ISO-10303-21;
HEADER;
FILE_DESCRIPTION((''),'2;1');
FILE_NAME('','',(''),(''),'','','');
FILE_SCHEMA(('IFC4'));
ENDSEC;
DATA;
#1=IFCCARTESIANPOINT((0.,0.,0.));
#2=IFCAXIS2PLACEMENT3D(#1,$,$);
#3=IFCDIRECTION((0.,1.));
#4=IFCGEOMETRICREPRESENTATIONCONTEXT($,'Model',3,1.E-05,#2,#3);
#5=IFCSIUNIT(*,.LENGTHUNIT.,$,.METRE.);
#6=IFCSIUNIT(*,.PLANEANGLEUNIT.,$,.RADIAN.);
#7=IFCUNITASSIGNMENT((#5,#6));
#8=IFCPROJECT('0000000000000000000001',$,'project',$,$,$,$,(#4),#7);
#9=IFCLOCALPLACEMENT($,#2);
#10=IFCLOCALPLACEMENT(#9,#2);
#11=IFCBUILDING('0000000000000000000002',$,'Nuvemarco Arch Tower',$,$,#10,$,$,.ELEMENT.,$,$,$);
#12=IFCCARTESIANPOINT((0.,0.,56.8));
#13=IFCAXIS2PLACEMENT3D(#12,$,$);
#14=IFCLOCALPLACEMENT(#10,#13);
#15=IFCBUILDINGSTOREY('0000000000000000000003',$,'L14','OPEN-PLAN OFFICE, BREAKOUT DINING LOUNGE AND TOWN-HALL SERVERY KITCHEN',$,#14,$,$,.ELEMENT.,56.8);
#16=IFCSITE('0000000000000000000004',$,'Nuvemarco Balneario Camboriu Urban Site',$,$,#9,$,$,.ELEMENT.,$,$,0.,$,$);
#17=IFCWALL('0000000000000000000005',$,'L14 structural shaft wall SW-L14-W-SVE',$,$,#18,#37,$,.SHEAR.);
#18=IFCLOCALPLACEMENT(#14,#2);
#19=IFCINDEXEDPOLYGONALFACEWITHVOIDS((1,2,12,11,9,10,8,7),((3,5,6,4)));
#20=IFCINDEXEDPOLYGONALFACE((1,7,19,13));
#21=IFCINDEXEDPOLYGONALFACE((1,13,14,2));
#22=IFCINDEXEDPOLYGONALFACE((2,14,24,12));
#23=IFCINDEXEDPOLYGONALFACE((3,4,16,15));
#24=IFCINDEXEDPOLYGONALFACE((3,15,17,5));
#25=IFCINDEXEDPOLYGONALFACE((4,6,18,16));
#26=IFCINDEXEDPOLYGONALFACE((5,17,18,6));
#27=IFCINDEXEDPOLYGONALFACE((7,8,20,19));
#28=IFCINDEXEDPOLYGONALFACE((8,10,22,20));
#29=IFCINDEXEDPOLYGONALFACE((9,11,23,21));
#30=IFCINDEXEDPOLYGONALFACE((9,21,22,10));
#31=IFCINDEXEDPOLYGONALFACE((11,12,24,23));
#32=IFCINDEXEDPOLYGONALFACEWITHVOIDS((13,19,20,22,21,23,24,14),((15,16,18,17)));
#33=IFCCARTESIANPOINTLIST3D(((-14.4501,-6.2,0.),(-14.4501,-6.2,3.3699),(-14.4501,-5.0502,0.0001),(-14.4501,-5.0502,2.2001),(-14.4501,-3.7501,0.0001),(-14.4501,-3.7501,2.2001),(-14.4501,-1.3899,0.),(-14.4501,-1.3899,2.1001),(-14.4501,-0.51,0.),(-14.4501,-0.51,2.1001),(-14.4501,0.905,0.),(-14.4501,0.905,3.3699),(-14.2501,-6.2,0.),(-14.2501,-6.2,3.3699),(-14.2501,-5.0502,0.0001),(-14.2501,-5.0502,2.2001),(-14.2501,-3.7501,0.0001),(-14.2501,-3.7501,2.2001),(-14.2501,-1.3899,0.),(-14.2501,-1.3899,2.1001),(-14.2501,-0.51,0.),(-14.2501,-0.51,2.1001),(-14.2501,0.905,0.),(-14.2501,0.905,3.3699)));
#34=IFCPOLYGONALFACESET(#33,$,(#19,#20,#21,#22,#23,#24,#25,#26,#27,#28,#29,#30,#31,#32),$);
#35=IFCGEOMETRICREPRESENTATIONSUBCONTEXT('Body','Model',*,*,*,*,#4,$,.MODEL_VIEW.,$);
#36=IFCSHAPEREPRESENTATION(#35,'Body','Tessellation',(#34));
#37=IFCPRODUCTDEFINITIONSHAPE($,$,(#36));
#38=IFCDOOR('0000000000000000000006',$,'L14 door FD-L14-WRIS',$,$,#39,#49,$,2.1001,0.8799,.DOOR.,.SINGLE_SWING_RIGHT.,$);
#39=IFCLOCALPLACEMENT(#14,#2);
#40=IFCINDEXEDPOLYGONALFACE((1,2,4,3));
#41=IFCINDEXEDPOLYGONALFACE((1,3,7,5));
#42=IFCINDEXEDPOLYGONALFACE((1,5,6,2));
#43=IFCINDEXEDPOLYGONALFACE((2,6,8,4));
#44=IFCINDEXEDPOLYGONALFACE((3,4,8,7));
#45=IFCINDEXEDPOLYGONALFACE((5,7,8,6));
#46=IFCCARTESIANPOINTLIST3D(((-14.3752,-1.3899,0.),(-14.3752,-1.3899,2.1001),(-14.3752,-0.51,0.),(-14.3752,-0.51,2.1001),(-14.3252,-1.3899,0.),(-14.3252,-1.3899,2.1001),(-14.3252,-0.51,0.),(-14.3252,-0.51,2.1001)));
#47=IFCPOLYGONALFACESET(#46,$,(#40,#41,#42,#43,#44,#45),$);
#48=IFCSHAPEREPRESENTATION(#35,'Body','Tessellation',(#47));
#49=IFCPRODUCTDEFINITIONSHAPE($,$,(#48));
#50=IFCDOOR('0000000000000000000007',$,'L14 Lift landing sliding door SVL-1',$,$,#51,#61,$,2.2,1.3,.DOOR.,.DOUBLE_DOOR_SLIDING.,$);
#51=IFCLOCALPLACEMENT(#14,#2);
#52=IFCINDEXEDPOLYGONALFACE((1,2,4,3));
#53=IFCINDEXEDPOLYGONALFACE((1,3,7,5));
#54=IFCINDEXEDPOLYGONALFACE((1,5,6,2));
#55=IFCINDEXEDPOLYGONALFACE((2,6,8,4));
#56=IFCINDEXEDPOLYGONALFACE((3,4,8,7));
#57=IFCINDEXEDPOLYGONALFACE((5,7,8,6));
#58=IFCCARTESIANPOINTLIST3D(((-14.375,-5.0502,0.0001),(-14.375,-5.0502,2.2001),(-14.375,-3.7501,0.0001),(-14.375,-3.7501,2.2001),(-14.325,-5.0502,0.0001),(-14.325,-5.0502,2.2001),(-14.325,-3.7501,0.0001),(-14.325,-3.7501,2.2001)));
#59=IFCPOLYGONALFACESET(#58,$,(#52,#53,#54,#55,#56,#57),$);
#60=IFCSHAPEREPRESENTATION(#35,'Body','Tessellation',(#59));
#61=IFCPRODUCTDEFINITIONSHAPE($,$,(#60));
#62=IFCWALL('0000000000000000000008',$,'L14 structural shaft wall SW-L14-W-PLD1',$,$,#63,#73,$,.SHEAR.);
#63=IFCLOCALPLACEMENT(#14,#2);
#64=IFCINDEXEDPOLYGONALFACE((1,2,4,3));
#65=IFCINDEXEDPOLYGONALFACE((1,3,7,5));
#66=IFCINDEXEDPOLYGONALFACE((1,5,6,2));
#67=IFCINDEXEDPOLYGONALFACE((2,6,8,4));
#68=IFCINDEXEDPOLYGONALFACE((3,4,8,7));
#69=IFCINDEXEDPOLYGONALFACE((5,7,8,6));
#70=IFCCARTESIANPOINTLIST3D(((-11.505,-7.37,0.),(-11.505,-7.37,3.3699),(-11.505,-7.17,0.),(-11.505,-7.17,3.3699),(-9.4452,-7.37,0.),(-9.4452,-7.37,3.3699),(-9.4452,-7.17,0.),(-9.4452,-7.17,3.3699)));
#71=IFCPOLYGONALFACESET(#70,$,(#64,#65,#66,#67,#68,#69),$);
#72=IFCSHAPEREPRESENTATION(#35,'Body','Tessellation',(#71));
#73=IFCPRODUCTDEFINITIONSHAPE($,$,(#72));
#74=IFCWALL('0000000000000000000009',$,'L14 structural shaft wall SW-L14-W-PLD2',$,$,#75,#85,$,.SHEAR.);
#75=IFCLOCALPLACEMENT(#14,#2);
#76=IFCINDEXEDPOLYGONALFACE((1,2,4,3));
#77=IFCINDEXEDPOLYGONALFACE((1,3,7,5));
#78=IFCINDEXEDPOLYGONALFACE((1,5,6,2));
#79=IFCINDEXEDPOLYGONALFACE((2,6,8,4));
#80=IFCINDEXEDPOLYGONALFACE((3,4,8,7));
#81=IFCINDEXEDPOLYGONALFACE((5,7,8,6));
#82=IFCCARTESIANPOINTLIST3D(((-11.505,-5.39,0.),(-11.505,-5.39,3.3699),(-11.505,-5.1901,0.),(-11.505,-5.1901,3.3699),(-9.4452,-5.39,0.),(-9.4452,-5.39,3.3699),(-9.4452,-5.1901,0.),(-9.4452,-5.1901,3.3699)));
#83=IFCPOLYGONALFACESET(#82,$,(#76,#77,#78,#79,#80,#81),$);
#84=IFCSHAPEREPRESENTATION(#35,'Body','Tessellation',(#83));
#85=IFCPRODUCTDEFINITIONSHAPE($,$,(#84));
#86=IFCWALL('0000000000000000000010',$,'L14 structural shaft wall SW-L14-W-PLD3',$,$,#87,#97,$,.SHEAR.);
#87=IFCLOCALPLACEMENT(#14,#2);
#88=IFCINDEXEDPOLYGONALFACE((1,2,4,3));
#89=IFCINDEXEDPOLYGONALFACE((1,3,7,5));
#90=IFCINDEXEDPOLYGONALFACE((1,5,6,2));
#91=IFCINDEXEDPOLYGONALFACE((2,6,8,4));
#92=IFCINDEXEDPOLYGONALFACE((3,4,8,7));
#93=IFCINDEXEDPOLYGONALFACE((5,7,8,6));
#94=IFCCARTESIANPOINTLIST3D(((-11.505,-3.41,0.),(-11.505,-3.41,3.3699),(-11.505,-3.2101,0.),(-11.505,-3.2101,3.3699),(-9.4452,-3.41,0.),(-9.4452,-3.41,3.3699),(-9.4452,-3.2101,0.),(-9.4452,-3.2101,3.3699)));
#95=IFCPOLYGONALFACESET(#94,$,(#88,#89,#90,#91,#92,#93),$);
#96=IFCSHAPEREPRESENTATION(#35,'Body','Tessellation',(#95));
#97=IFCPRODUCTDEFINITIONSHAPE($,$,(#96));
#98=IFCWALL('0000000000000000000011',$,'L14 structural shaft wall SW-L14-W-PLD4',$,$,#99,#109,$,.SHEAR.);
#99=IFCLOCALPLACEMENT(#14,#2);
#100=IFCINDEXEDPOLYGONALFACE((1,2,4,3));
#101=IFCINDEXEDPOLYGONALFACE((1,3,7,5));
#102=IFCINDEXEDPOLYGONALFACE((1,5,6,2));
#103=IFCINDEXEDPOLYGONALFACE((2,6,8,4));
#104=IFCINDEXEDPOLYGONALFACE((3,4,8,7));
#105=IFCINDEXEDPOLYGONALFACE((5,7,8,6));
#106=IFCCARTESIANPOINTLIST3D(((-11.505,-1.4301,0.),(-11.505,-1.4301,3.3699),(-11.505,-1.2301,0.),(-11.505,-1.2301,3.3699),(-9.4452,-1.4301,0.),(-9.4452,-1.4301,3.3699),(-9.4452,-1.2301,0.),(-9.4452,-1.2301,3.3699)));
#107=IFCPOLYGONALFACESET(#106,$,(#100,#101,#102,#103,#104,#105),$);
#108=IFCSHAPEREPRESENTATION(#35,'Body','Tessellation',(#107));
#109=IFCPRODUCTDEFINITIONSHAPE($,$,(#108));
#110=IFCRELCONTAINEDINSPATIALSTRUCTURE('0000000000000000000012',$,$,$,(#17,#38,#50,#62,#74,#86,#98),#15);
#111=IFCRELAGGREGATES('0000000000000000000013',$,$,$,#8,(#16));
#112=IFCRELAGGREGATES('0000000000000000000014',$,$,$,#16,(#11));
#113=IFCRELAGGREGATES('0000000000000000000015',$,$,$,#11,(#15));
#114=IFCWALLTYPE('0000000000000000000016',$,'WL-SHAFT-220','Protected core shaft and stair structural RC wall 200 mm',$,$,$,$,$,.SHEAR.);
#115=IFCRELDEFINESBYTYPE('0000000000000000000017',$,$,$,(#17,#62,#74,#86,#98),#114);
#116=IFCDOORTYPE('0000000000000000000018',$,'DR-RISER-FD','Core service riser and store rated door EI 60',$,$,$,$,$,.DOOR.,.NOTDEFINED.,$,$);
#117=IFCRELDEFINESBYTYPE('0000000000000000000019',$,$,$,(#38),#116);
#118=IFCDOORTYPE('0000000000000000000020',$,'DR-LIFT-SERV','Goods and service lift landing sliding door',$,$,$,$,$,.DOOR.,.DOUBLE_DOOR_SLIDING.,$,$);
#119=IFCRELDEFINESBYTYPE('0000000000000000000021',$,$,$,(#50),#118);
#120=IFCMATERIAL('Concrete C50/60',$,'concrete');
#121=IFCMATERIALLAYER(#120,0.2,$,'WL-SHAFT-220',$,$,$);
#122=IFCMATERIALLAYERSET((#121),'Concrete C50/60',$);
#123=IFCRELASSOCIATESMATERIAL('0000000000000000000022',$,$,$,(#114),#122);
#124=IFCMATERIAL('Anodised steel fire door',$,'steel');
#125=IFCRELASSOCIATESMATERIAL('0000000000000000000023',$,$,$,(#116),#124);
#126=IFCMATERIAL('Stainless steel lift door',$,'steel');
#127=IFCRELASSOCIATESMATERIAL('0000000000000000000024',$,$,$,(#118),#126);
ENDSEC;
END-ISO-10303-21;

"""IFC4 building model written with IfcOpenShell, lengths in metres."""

from ifc_helpers import new_model, si_unit, direction, frame, frame_2d, origin, place, context, subcontext, project, spatial, rectangle, extrude, source, transform, mapped, material, layer, layer_set, type_object, type_shapes, element, fill, save


model = new_model("IFC4")

# Units and contexts
model_context = context("Model", 3, precision=1e-05, world=origin(), true_north=direction((0.0, 1.0)))
body_context = subcontext(model_context, "Body", "Model", "MODEL_VIEW")
ifc_project = project(units=[si_unit("LENGTHUNIT", "METRE"), si_unit("PLANEANGLEUNIT", "RADIAN")], contexts=[model_context])

# Site, building, storey
site_placement = place(None, origin())
site = spatial("IfcSite", under=ifc_project, at=site_placement, Name="Nuvemarco Balneario Camboriu Urban Site", CompositionType="ELEMENT", RefElevation=0.0)
building_placement = place(site_placement, origin())
building = spatial("IfcBuilding", under=site, at=building_placement, Name="Nuvemarco Arch Tower", CompositionType="ELEMENT")
storey_placement = place(building_placement, frame((0.0, 0.0, 56.8)))
storey = spatial("IfcBuildingStorey", under=building, at=storey_placement, Name="L14", Description="OPEN-PLAN OFFICE, BREAKOUT DINING LOUNGE AND TOWN-HALL SERVERY KITCHEN", CompositionType="ELEMENT", Elevation=56.8)

# Shared definitions
ifc_material_1 = material(Name="Anodised steel fire door", Category="steel")

# Wall, openings, doors
ifc_material_2 = material(Name="Concrete C50/60", Category="concrete")
ifc_layer_1 = layer(ifc_material_2, 0.2, Name="WL-SHAFT-220")
ifc_layer_set_1 = layer_set([ifc_layer_1], Name="Concrete C50/60")
wall_type_1 = type_object("IfcWallType", Name="WL-SHAFT-220", Description="Protected core shaft and stair structural RC wall 200 mm", PredefinedType="SHEAR", material=ifc_layer_set_1)
wall_1_placement = place(storey_placement, frame((-14.3501, -6.2, 0.0), z_axis=(0.0, 0.0, 1.0), x_axis=(0.0, 1.0, 0.0)))
wall_1 = element("IfcWall", 1, at=wall_1_placement, inside=storey, type_object=wall_type_1, Name="L14 structural shaft wall SW-L14-W-SVE", PredefinedType="SHEAR", context=body_context, shape_type="SweptSolid", body=[
    extrude(rectangle(XDim=7.105, YDim=0.2, at=frame_2d((3.5525, 0.0))), origin(), (0.0, 0.0, 1.0), 3.3699),
])
opening_1_placement = place(wall_1_placement, frame((5.6899, 0.0, 0.0), z_axis=(0.0, 0.0, 1.0), x_axis=(-1.0, 0.0, 0.0)))
opening_1 = element("IfcOpeningElement", 2, at=opening_1_placement, cuts=wall_1, PredefinedType="OPENING", context=body_context, shape_type="SweptSolid", body=[
    extrude(rectangle(XDim=0.8799, YDim=2.1001, at=frame_2d((0.4399, 1.05))), frame((0.0, 0.1099, 0.0), z_axis=(0.0, -1.0, 0.0), x_axis=(1.0, 0.0, 0.0)), (0.0, 0.0, 1.0), 0.22),
])
opening_2_placement = place(wall_1_placement, frame((1.1499, 0.0, 0.0)))
opening_2 = element("IfcOpeningElement", 3, at=opening_2_placement, cuts=wall_1, PredefinedType="OPENING", context=body_context, shape_type="SweptSolid", body=[
    extrude(rectangle(XDim=1.3, YDim=2.2, at=frame_2d((0.6499, 1.1001))), frame((0.0, 0.1099, 0.0), z_axis=(0.0, -1.0, 0.0), x_axis=(1.0, 0.0, 0.0)), (0.0, 0.0, 1.0), 0.22),
])
door_type_1 = type_object("IfcDoorType", Name="DR-RISER-FD", Description="Core service riser and store rated door EI 60", OperationType="NOTDEFINED", PredefinedType="DOOR", material=ifc_material_1)
shared_shape_1 = source(origin(), body_context, "Body", "SweptSolid", [
    extrude(rectangle(XDim=0.8799, YDim=2.1001, at=frame_2d((0.4399, 1.05))), frame((0.0, 0.0249, 0.0), z_axis=(0.0, -1.0, 0.0), x_axis=(1.0, 0.0, 0.0)), (0.0, 0.0, 1.0), 0.05),
])
type_shapes(door_type_1, [shared_shape_1])
door_1_placement = place(opening_1_placement, origin())
door_1 = element("IfcDoor", 4, at=door_1_placement, inside=storey, type_object=door_type_1, Name="L14 door FD-L14-WRIS", OperationType="SINGLE_SWING_RIGHT", OverallHeight=2.1001, OverallWidth=0.8799, PredefinedType="DOOR", context=body_context, shape_type="MappedRepresentation", body=[
    mapped(shared_shape_1, transform((0.0, 0.0, 0.0), scale=1.0)),
])
fill(opening_1, door_1)
ifc_material_3 = material(Name="Stainless steel lift door", Category="steel")
door_type_2 = type_object("IfcDoorType", Name="DR-LIFT-SERV", Description="Goods and service lift landing sliding door", OperationType="DOUBLE_DOOR_SLIDING", PredefinedType="DOOR", material=ifc_material_3)
shared_shape_2 = source(origin(), body_context, "Body", "SweptSolid", [
    extrude(rectangle(XDim=1.3, YDim=2.2, at=frame_2d((0.6499, 1.1001))), frame((0.0, 0.0249, 0.0), z_axis=(0.0, -1.0, 0.0), x_axis=(1.0, 0.0, 0.0)), (0.0, 0.0, 1.0), 0.05),
])
type_shapes(door_type_2, [shared_shape_2])
door_2_placement = place(opening_2_placement, origin())
door_2 = element("IfcDoor", 5, at=door_2_placement, inside=storey, type_object=door_type_2, Name="L14 Lift landing sliding door SVL-1", OperationType="DOUBLE_DOOR_SLIDING", OverallHeight=2.2, OverallWidth=1.3, PredefinedType="DOOR", context=body_context, shape_type="MappedRepresentation", body=[
    mapped(shared_shape_2, transform((0.0, 0.0, 0.0), scale=1.0)),
])
fill(opening_2, door_2)

# Walls
for number, where, z_axis, x_axis, name in (
    (6, (-11.5049, -7.27, 0.0), (0.0, 0.0, 1.0), (1.0, 0.0, 0.0), "L14 structural shaft wall SW-L14-W-PLD1"),
    (7, (-11.5049, -5.29, 0.0), (0.0, 0.0, 1.0), (1.0, 0.0, 0.0), "L14 structural shaft wall SW-L14-W-PLD2"),
    (8, (-11.5049, -3.3101, 0.0), (0.0, 0.0, 1.0), (1.0, 0.0, 0.0), "L14 structural shaft wall SW-L14-W-PLD3"),
    (9, (-11.5049, -1.3301, 0.0), (0.0, 0.0, 1.0), (1.0, 0.0, 0.0), "L14 structural shaft wall SW-L14-W-PLD4"),
):
    element("IfcWall", number, at=place(storey_placement, frame(where, z_axis=z_axis, x_axis=x_axis)), inside=storey, type_object=wall_type_1, Name=name, PredefinedType="SHEAR", context=body_context, shape_type="SweptSolid", body=[
        extrude(rectangle(XDim=2.0598, YDim=0.2, at=frame_2d((1.0298, 0.0))), origin(), (0.0, 0.0, 1.0), 3.3699),
    ])

save(model, "model.ifc")
